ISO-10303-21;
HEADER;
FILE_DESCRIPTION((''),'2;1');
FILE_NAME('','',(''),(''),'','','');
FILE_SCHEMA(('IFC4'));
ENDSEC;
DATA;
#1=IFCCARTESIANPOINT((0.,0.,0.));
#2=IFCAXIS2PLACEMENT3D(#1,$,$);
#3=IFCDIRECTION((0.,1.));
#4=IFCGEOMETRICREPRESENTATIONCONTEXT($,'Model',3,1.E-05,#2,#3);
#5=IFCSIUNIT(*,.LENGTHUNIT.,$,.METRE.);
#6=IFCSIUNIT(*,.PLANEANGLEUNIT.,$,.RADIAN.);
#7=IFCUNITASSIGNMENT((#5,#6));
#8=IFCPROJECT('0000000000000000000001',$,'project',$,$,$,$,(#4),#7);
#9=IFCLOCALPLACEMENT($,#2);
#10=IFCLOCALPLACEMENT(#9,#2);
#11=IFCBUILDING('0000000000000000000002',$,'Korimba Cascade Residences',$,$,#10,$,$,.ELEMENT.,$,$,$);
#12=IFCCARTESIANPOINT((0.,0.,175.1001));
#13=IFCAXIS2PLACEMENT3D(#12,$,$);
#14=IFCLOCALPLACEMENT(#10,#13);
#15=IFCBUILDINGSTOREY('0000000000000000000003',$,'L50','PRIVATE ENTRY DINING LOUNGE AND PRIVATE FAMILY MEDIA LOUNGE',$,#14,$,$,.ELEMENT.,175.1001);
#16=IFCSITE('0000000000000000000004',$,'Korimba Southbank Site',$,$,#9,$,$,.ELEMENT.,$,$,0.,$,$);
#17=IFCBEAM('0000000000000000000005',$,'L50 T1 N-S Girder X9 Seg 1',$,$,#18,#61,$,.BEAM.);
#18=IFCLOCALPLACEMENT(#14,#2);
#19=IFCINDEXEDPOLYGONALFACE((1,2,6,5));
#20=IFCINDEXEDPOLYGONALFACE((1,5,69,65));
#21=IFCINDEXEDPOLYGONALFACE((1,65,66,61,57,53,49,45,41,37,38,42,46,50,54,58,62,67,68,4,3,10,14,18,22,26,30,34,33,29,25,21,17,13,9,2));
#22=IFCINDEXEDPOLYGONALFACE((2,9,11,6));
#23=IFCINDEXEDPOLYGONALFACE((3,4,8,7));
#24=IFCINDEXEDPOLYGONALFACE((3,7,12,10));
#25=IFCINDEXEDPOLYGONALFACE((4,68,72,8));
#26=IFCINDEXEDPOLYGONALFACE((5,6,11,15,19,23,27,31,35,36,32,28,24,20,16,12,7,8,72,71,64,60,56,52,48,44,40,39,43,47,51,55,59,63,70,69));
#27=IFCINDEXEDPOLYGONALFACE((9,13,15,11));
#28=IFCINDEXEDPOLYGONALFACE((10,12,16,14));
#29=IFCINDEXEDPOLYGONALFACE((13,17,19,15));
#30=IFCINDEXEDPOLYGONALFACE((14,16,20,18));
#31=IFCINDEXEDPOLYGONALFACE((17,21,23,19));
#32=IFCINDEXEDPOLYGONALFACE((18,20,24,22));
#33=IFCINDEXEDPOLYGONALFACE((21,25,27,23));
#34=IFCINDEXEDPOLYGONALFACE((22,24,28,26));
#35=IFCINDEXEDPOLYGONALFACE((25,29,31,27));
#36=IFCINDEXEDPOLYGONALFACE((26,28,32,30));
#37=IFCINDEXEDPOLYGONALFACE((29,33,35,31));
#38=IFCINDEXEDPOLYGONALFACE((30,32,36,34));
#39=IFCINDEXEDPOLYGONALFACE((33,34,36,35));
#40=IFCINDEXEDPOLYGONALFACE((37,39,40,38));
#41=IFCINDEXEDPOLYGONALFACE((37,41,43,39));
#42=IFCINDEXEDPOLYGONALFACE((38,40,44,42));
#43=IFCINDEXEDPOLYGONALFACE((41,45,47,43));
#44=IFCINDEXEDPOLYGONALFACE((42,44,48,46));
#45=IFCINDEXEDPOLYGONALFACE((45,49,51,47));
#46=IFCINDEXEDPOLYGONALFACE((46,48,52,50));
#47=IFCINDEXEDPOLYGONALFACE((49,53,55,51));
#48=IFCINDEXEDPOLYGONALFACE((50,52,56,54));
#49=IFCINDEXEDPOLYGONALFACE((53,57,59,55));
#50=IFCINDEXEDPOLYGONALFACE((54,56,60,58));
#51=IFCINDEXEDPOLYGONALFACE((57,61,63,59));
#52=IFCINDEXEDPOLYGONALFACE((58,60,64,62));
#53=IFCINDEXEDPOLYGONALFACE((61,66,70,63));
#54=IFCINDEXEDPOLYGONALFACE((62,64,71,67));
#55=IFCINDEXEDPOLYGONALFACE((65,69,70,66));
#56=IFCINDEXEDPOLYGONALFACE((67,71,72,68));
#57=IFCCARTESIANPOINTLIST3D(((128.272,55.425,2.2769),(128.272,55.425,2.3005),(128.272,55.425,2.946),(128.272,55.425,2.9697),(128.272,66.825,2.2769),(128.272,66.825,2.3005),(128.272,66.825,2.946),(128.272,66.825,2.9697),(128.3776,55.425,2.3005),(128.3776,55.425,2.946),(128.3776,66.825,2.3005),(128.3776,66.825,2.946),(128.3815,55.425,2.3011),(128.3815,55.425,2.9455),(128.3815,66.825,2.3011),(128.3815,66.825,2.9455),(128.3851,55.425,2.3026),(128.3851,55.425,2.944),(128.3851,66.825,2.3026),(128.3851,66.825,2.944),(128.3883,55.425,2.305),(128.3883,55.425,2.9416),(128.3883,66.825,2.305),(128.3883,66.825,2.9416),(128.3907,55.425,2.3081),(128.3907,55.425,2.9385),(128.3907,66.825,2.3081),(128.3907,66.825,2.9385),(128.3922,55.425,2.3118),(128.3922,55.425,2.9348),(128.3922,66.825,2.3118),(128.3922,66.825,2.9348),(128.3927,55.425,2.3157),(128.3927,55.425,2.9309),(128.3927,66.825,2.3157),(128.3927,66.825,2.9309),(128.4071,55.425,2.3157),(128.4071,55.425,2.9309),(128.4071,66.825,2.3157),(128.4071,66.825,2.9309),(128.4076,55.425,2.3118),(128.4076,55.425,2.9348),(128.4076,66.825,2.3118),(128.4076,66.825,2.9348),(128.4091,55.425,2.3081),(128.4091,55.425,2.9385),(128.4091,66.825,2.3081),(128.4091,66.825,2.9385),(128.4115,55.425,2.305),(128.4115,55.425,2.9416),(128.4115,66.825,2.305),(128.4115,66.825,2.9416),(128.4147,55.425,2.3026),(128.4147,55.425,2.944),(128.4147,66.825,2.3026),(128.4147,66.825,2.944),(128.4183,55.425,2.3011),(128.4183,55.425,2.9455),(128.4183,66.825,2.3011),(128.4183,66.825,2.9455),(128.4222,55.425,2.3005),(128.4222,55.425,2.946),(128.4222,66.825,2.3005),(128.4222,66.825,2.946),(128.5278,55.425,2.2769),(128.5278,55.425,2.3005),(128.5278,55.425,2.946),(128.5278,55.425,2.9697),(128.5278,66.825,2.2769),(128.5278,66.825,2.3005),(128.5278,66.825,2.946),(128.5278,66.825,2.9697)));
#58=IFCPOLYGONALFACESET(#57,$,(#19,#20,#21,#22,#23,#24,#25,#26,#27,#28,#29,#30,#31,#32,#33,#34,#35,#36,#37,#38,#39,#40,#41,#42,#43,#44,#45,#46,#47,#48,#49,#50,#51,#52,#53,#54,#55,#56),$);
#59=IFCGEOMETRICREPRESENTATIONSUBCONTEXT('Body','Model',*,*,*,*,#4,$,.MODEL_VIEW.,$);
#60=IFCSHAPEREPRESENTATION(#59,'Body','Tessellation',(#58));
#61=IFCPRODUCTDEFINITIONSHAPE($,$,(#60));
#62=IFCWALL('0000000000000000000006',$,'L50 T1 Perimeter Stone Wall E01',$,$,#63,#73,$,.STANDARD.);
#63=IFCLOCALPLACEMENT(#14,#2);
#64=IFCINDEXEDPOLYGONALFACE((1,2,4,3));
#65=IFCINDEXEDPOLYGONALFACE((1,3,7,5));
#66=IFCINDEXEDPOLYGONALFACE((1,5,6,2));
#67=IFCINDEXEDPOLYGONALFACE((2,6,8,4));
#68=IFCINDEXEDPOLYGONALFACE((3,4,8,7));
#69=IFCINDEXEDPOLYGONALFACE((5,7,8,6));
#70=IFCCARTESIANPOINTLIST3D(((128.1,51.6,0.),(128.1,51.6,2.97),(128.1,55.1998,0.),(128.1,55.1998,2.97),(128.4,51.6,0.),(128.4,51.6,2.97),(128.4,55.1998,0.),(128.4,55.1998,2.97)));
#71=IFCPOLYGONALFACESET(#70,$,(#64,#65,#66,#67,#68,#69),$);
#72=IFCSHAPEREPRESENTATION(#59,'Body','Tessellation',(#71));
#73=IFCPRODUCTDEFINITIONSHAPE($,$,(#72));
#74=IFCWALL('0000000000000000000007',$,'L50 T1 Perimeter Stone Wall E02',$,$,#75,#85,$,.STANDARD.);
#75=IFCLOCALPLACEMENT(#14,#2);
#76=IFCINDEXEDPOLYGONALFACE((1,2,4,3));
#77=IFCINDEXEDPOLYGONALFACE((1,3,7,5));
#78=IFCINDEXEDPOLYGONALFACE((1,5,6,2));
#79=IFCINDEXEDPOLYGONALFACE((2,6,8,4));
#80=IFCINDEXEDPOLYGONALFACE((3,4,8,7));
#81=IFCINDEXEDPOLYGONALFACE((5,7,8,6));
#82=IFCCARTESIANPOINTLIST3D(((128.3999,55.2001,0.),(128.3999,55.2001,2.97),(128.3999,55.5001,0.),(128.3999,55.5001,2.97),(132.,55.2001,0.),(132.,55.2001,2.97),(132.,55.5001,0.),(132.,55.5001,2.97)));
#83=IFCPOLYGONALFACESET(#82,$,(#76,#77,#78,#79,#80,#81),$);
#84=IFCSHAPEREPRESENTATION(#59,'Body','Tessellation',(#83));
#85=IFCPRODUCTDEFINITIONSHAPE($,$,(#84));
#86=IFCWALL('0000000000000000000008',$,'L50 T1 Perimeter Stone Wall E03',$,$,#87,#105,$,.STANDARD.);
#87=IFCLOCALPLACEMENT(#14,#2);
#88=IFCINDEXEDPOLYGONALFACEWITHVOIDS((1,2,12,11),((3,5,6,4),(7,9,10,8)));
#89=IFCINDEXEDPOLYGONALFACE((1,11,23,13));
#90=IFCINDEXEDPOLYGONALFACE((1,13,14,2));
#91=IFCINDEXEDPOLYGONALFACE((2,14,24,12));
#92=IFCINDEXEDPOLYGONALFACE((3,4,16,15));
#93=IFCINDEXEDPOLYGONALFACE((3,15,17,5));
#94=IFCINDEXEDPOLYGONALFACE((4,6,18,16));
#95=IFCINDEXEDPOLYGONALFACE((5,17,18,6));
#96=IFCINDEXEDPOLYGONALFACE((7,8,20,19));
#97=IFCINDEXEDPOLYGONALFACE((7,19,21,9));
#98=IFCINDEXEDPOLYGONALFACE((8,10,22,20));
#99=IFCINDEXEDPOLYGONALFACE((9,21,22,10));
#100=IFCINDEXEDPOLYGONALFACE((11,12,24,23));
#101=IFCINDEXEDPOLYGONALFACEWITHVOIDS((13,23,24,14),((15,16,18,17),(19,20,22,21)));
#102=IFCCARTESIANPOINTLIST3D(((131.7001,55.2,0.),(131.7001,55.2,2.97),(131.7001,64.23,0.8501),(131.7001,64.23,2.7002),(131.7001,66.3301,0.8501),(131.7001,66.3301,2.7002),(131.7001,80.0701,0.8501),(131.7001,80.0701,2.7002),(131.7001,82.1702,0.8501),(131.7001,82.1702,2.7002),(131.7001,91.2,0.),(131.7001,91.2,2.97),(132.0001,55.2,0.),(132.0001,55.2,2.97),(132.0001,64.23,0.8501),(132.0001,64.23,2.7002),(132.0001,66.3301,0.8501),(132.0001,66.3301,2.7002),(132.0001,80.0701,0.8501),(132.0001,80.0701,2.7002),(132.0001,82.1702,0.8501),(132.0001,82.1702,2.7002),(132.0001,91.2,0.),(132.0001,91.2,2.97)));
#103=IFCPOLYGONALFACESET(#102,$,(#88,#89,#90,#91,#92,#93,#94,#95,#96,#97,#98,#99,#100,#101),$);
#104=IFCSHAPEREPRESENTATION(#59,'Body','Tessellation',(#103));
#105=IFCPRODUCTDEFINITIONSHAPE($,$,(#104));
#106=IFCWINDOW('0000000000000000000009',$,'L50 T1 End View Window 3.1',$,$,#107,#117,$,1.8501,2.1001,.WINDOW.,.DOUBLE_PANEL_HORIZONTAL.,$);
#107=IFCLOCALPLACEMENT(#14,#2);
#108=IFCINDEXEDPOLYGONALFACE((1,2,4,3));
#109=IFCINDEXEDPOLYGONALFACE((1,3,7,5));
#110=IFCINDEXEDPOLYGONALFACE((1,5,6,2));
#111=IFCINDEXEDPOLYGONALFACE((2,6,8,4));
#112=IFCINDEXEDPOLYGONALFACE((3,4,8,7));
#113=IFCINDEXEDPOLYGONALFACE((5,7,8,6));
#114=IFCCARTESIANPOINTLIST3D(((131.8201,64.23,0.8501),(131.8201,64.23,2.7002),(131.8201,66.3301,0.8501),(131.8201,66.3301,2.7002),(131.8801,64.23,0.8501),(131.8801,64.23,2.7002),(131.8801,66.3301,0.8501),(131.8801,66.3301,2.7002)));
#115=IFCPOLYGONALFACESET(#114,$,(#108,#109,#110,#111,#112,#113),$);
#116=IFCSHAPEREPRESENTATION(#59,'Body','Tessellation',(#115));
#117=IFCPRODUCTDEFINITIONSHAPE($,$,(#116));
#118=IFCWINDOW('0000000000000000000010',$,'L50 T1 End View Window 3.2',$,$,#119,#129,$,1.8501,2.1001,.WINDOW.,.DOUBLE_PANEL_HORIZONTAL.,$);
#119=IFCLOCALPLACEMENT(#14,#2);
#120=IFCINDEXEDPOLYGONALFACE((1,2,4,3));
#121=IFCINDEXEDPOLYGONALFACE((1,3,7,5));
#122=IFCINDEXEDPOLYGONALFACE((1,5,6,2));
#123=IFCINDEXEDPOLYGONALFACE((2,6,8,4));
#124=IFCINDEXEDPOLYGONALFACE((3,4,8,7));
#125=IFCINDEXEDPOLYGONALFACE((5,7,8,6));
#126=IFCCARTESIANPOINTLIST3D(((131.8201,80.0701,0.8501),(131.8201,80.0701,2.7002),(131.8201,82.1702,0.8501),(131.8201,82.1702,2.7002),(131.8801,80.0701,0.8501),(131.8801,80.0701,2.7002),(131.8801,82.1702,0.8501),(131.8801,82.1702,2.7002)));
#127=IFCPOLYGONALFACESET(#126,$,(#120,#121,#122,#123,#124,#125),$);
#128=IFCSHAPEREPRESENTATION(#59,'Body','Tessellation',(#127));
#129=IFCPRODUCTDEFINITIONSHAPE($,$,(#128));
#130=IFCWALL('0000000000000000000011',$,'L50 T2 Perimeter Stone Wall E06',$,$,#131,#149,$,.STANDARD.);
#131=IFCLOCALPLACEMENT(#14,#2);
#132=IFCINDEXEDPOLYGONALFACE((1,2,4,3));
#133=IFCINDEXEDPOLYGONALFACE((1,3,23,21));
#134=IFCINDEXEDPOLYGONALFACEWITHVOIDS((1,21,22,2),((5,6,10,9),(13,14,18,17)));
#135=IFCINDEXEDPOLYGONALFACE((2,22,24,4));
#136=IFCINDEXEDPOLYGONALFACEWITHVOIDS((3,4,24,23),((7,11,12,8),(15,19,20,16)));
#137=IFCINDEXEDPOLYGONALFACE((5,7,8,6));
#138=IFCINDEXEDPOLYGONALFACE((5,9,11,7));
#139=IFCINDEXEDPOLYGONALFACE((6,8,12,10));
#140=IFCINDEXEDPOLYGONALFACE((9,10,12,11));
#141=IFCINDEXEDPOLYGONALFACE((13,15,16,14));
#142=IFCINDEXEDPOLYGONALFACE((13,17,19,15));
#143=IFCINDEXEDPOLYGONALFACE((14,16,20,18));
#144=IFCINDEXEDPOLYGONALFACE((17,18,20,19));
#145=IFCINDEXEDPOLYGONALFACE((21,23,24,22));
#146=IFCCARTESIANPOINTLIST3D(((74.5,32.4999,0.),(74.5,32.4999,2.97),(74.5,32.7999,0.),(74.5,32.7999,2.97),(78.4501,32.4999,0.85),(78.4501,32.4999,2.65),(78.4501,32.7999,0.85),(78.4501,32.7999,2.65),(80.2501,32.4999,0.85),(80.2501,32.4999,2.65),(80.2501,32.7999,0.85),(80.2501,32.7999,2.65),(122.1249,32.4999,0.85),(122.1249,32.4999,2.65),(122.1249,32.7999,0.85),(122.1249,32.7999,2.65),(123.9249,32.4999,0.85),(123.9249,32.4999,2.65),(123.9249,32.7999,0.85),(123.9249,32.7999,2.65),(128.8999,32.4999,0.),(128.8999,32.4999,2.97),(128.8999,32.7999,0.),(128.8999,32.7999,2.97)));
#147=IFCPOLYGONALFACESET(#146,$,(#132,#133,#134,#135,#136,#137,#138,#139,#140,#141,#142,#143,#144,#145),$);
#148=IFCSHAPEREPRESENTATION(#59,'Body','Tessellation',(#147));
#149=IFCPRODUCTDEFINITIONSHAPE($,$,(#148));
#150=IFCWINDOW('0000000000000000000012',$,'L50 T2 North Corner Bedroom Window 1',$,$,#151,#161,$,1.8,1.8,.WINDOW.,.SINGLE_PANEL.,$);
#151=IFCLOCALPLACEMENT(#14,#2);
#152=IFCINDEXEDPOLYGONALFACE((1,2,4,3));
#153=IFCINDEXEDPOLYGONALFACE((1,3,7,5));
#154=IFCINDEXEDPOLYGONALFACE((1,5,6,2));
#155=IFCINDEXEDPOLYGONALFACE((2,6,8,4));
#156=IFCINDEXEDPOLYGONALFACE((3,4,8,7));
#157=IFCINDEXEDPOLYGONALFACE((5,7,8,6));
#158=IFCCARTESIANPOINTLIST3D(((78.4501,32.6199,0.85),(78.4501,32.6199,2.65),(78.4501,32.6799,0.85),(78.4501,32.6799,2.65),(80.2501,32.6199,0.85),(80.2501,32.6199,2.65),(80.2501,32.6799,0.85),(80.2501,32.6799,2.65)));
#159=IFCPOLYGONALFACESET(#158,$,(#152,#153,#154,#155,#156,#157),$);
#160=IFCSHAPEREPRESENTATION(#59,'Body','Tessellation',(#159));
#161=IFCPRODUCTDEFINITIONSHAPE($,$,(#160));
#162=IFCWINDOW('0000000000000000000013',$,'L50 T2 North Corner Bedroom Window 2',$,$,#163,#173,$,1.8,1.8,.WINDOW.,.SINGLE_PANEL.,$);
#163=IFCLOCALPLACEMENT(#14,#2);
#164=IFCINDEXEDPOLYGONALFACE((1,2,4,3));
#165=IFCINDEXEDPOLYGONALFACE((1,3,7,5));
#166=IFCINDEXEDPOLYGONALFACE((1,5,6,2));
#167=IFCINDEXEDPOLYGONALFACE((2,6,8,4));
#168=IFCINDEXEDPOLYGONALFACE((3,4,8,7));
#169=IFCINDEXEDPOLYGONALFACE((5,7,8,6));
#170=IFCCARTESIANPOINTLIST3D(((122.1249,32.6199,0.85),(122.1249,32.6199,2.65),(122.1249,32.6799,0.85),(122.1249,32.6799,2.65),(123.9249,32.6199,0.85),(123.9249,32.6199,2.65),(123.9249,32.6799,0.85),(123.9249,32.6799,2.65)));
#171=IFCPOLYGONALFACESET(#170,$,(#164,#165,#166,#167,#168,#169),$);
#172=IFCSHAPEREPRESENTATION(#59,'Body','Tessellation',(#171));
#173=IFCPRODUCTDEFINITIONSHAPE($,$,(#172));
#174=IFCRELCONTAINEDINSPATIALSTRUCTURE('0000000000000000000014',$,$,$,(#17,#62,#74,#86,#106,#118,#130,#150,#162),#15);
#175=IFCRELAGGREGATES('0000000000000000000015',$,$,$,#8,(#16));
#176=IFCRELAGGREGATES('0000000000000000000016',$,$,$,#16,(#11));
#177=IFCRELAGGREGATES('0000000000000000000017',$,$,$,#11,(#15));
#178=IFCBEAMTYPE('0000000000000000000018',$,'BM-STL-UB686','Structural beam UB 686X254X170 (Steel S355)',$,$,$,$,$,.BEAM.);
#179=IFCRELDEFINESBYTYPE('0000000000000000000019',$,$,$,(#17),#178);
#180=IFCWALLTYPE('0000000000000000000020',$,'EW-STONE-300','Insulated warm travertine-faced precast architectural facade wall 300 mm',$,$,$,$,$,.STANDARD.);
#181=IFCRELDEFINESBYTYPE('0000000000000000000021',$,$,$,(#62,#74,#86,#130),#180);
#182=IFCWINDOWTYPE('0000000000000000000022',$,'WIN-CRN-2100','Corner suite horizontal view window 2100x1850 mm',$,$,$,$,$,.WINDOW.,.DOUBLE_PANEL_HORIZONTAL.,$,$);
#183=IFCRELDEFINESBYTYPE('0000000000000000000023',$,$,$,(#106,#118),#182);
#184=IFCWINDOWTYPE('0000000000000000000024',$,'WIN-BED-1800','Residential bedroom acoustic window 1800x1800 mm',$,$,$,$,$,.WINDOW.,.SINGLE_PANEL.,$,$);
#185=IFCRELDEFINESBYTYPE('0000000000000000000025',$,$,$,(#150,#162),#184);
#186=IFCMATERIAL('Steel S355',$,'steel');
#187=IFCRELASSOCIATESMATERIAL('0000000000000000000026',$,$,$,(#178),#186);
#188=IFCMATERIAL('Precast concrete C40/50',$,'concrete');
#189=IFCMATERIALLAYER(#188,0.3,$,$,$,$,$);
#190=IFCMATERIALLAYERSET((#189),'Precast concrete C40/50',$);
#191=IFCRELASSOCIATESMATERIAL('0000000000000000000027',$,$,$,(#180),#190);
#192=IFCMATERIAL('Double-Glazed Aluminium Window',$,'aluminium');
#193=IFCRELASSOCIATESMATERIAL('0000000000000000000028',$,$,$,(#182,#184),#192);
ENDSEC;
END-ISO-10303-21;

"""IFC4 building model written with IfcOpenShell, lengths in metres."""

from ifc_helpers import new_model, si_unit, direction, frame, frame_2d, origin, origin_2d, place, context, subcontext, project, spatial, rectangle, i_section, extrude, material, layer, layer_set, material_profile, profile_set, type_object, element, fill, save


model = new_model("IFC4")

# Units and contexts
model_context = context("Model", 3, precision=1e-05, world=origin(), true_north=direction((0.0, 1.0)))
body_context = subcontext(model_context, "Body", "Model", "MODEL_VIEW")
ifc_project = project(units=[si_unit("LENGTHUNIT", "METRE"), si_unit("PLANEANGLEUNIT", "RADIAN")], contexts=[model_context])

# Site, building, storey
site_placement = place(None, origin())
site = spatial("IfcSite", under=ifc_project, at=site_placement, Name="Korimba Southbank Site", CompositionType="ELEMENT", RefElevation=0.0)
building_placement = place(site_placement, origin())
building = spatial("IfcBuilding", under=site, at=building_placement, Name="Korimba Cascade Residences", CompositionType="ELEMENT")
storey_placement = place(building_placement, frame((0.0, 0.0, 175.1001)))
storey = spatial("IfcBuildingStorey", under=building, at=storey_placement, Name="L50", Description="PRIVATE ENTRY DINING LOUNGE AND PRIVATE FAMILY MEDIA LOUNGE", CompositionType="ELEMENT", Elevation=175.1001)

# Beam
ifc_material_1 = material(Name="Steel S355", Category="steel")
ifc_material_profile_1 = material_profile(ifc_material_1, i_section(OverallWidth=0.2559, OverallDepth=0.6929, WebThickness=0.0144, FlangeThickness=0.0237, FilletRadius=0.0151, at=origin_2d()), Name="Steel S355")
ifc_profile_set_1 = profile_set([ifc_material_profile_1], Name="Steel S355")
beam_type_1 = type_object("IfcBeamType", Name="BM-STL-UB686", Description="Structural beam UB 686X254X170 (Steel S355)", PredefinedType="BEAM", material=ifc_profile_set_1)
beam_1_placement = place(storey_placement, frame((128.3999, 55.425, 2.6233), z_axis=(0.0, 1.0, 0.0), x_axis=(-1.0, 0.0, 0.0)))
element("IfcBeam", 1, at=beam_1_placement, inside=storey, type_object=beam_type_1, Name="L50 T1 N-S Girder X9 Seg 1", PredefinedType="BEAM", context=body_context, shape_type="SweptSolid", body=[
    extrude(i_section(OverallWidth=0.2559, OverallDepth=0.6929, WebThickness=0.0144, FlangeThickness=0.0237, FilletRadius=0.0151, at=origin_2d()), origin(), (0.0, 0.0, 1.0), 11.3999),
])

# Walls
ifc_material_2 = material(Name="Precast concrete C40/50", Category="concrete")
ifc_layer_1 = layer(ifc_material_2, 0.3)
ifc_layer_set_1 = layer_set([ifc_layer_1], Name="Precast concrete C40/50")
wall_type_1 = type_object("IfcWallType", Name="EW-STONE-300", Description="Insulated warm travertine-faced precast architectural facade wall 300 mm", PredefinedType="STANDARD", material=ifc_layer_set_1)
wall_1_placement = place(storey_placement, frame((128.25, 51.6001, 0.0), z_axis=(0.0, 0.0, 1.0), x_axis=(0.0, 1.0, 0.0)))
element("IfcWall", 2, at=wall_1_placement, inside=storey, type_object=wall_type_1, Name="L50 T1 Perimeter Stone Wall E01", PredefinedType="STANDARD", context=body_context, shape_type="SweptSolid", body=[
    extrude(rectangle(XDim=3.5999, YDim=0.3, at=frame_2d((1.7998, 0.0))), origin(), (0.0, 0.0, 1.0), 2.97),
])
wall_2_placement = place(storey_placement, frame((128.3999, 55.3501, 0.0), z_axis=(0.0, 0.0, 1.0), x_axis=(1.0, 0.0, 0.0)))
element("IfcWall", 3, at=wall_2_placement, inside=storey, type_object=wall_type_1, Name="L50 T1 Perimeter Stone Wall E02", PredefinedType="STANDARD", context=body_context, shape_type="SweptSolid", body=[
    extrude(rectangle(XDim=3.6001, YDim=0.3, at=frame_2d((1.8, 0.0))), origin(), (0.0, 0.0, 1.0), 2.97),
])

# Walls, openings, windows
wall_3_placement = place(storey_placement, frame((131.8501, 55.2, 0.0), z_axis=(0.0, 0.0, 1.0), x_axis=(0.0, 1.0, 0.0)))
wall_3 = element("IfcWall", 4, at=wall_3_placement, inside=storey, type_object=wall_type_1, Name="L50 T1 Perimeter Stone Wall E03", PredefinedType="STANDARD", context=body_context, shape_type="SweptSolid", body=[
    extrude(rectangle(XDim=36.0, YDim=0.3, at=frame_2d((18.0, 0.0))), origin(), (0.0, 0.0, 1.0), 2.97),
])
opening_1_placement = place(wall_3_placement, frame((9.03, 0.0, 0.8501)))
opening_1 = element("IfcOpeningElement", 5, at=opening_1_placement, cuts=wall_3, PredefinedType="OPENING", context=body_context, shape_type="SweptSolid", body=[
    extrude(rectangle(XDim=2.1001, YDim=1.8501, at=frame_2d((1.05, 0.925))), frame((0.0, 0.1602, 0.0), z_axis=(0.0, -1.0, 0.0), x_axis=(1.0, 0.0, 0.0)), (0.0, 0.0, 1.0), 0.3201),
])
opening_2_placement = place(wall_3_placement, frame((24.8701, 0.0, 0.8501)))
opening_2 = element("IfcOpeningElement", 6, at=opening_2_placement, cuts=wall_3, PredefinedType="OPENING", context=body_context, shape_type="SweptSolid", body=[
    extrude(rectangle(XDim=2.1001, YDim=1.8501, at=frame_2d((1.05, 0.925))), frame((0.0, 0.1602, 0.0), z_axis=(0.0, -1.0, 0.0), x_axis=(1.0, 0.0, 0.0)), (0.0, 0.0, 1.0), 0.3201),
])
ifc_material_3 = material(Name="Double-Glazed Aluminium Window", Category="aluminium")
window_type_1 = type_object("IfcWindowType", Name="WIN-CRN-2100", Description="Corner suite horizontal view window 2100x1850 mm", PartitioningType="DOUBLE_PANEL_HORIZONTAL", PredefinedType="WINDOW", material=ifc_material_3)
window_1_placement = place(opening_1_placement, origin())
window_1 = element("IfcWindow", 7, at=window_1_placement, inside=storey, type_object=window_type_1, Name="L50 T1 End View Window 3.1", OverallHeight=1.8501, OverallWidth=2.1001, PartitioningType="DOUBLE_PANEL_HORIZONTAL", PredefinedType="WINDOW", context=body_context, shape_type="SweptSolid", body=[
    extrude(rectangle(XDim=2.1001, YDim=1.8501, at=frame_2d((1.05, 0.925))), frame((0.0, 0.03, 0.0), z_axis=(0.0, -1.0, 0.0), x_axis=(1.0, 0.0, 0.0)), (0.0, 0.0, 1.0), 0.0601),
])
fill(opening_1, window_1)
window_2_placement = place(opening_2_placement, origin())
window_2 = element("IfcWindow", 8, at=window_2_placement, inside=storey, type_object=window_type_1, Name="L50 T1 End View Window 3.2", OverallHeight=1.8501, OverallWidth=2.1001, PartitioningType="DOUBLE_PANEL_HORIZONTAL", PredefinedType="WINDOW", context=body_context, shape_type="SweptSolid", body=[
    extrude(rectangle(XDim=2.1001, YDim=1.8501, at=frame_2d((1.05, 0.925))), frame((0.0, 0.03, 0.0), z_axis=(0.0, -1.0, 0.0), x_axis=(1.0, 0.0, 0.0)), (0.0, 0.0, 1.0), 0.0601),
])
fill(opening_2, window_2)
wall_4_placement = place(storey_placement, frame((128.8999, 32.6499, 0.0), z_axis=(0.0, 0.0, 1.0), x_axis=(-1.0, 0.0, 0.0)))
wall_4 = element("IfcWall", 9, at=wall_4_placement, inside=storey, type_object=wall_type_1, Name="L50 T2 Perimeter Stone Wall E06", PredefinedType="STANDARD", context=body_context, shape_type="SweptSolid", body=[
    extrude(rectangle(XDim=54.3999, YDim=0.3, at=frame_2d((27.2, 0.0))), origin(), (0.0, 0.0, 1.0), 2.97),
])
opening_3_placement = place(wall_4_placement, frame((48.6499, 0.0, 0.8501)))
opening_3 = element("IfcOpeningElement", 10, at=opening_3_placement, cuts=wall_4, PredefinedType="OPENING", context=body_context, shape_type="SweptSolid", body=[
    extrude(rectangle(XDim=1.8, YDim=1.8, at=frame_2d((0.8999, 0.8999))), frame((0.0, 0.1602, 0.0), z_axis=(0.0, -1.0, 0.0), x_axis=(1.0, 0.0, 0.0)), (0.0, 0.0, 1.0), 0.3201),
])
opening_4_placement = place(wall_4_placement, frame((4.9751, 0.0, 0.8501)))
opening_4 = element("IfcOpeningElement", 11, at=opening_4_placement, cuts=wall_4, PredefinedType="OPENING", context=body_context, shape_type="SweptSolid", body=[
    extrude(rectangle(XDim=1.8, YDim=1.8, at=frame_2d((0.8999, 0.8999))), frame((0.0, 0.1602, 0.0), z_axis=(0.0, -1.0, 0.0), x_axis=(1.0, 0.0, 0.0)), (0.0, 0.0, 1.0), 0.3201),
])
window_type_2 = type_object("IfcWindowType", Name="WIN-BED-1800", Description="Residential bedroom acoustic window 1800x1800 mm", PartitioningType="SINGLE_PANEL", PredefinedType="WINDOW", material=ifc_material_3)
window_3_placement = place(opening_3_placement, origin())
window_3 = element("IfcWindow", 12, at=window_3_placement, inside=storey, type_object=window_type_2, Name="L50 T2 North Corner Bedroom Window 1", OverallHeight=1.8, OverallWidth=1.8, PartitioningType="SINGLE_PANEL", PredefinedType="WINDOW", context=body_context, shape_type="SweptSolid", body=[
    extrude(rectangle(XDim=1.8, YDim=1.8, at=frame_2d((0.8999, 0.8999))), frame((0.0, 0.03, 0.0), z_axis=(0.0, -1.0, 0.0), x_axis=(1.0, 0.0, 0.0)), (0.0, 0.0, 1.0), 0.0601),
])
fill(opening_3, window_3)
window_4_placement = place(opening_4_placement, origin())
window_4 = element("IfcWindow", 13, at=window_4_placement, inside=storey, type_object=window_type_2, Name="L50 T2 North Corner Bedroom Window 2", OverallHeight=1.8, OverallWidth=1.8, PartitioningType="SINGLE_PANEL", PredefinedType="WINDOW", context=body_context, shape_type="SweptSolid", body=[
    extrude(rectangle(XDim=1.8, YDim=1.8, at=frame_2d((0.8999, 0.8999))), frame((0.0, 0.03, 0.0), z_axis=(0.0, -1.0, 0.0), x_axis=(1.0, 0.0, 0.0)), (0.0, 0.0, 1.0), 0.0601),
])
fill(opening_4, window_4)

save(model, "model.ifc")
